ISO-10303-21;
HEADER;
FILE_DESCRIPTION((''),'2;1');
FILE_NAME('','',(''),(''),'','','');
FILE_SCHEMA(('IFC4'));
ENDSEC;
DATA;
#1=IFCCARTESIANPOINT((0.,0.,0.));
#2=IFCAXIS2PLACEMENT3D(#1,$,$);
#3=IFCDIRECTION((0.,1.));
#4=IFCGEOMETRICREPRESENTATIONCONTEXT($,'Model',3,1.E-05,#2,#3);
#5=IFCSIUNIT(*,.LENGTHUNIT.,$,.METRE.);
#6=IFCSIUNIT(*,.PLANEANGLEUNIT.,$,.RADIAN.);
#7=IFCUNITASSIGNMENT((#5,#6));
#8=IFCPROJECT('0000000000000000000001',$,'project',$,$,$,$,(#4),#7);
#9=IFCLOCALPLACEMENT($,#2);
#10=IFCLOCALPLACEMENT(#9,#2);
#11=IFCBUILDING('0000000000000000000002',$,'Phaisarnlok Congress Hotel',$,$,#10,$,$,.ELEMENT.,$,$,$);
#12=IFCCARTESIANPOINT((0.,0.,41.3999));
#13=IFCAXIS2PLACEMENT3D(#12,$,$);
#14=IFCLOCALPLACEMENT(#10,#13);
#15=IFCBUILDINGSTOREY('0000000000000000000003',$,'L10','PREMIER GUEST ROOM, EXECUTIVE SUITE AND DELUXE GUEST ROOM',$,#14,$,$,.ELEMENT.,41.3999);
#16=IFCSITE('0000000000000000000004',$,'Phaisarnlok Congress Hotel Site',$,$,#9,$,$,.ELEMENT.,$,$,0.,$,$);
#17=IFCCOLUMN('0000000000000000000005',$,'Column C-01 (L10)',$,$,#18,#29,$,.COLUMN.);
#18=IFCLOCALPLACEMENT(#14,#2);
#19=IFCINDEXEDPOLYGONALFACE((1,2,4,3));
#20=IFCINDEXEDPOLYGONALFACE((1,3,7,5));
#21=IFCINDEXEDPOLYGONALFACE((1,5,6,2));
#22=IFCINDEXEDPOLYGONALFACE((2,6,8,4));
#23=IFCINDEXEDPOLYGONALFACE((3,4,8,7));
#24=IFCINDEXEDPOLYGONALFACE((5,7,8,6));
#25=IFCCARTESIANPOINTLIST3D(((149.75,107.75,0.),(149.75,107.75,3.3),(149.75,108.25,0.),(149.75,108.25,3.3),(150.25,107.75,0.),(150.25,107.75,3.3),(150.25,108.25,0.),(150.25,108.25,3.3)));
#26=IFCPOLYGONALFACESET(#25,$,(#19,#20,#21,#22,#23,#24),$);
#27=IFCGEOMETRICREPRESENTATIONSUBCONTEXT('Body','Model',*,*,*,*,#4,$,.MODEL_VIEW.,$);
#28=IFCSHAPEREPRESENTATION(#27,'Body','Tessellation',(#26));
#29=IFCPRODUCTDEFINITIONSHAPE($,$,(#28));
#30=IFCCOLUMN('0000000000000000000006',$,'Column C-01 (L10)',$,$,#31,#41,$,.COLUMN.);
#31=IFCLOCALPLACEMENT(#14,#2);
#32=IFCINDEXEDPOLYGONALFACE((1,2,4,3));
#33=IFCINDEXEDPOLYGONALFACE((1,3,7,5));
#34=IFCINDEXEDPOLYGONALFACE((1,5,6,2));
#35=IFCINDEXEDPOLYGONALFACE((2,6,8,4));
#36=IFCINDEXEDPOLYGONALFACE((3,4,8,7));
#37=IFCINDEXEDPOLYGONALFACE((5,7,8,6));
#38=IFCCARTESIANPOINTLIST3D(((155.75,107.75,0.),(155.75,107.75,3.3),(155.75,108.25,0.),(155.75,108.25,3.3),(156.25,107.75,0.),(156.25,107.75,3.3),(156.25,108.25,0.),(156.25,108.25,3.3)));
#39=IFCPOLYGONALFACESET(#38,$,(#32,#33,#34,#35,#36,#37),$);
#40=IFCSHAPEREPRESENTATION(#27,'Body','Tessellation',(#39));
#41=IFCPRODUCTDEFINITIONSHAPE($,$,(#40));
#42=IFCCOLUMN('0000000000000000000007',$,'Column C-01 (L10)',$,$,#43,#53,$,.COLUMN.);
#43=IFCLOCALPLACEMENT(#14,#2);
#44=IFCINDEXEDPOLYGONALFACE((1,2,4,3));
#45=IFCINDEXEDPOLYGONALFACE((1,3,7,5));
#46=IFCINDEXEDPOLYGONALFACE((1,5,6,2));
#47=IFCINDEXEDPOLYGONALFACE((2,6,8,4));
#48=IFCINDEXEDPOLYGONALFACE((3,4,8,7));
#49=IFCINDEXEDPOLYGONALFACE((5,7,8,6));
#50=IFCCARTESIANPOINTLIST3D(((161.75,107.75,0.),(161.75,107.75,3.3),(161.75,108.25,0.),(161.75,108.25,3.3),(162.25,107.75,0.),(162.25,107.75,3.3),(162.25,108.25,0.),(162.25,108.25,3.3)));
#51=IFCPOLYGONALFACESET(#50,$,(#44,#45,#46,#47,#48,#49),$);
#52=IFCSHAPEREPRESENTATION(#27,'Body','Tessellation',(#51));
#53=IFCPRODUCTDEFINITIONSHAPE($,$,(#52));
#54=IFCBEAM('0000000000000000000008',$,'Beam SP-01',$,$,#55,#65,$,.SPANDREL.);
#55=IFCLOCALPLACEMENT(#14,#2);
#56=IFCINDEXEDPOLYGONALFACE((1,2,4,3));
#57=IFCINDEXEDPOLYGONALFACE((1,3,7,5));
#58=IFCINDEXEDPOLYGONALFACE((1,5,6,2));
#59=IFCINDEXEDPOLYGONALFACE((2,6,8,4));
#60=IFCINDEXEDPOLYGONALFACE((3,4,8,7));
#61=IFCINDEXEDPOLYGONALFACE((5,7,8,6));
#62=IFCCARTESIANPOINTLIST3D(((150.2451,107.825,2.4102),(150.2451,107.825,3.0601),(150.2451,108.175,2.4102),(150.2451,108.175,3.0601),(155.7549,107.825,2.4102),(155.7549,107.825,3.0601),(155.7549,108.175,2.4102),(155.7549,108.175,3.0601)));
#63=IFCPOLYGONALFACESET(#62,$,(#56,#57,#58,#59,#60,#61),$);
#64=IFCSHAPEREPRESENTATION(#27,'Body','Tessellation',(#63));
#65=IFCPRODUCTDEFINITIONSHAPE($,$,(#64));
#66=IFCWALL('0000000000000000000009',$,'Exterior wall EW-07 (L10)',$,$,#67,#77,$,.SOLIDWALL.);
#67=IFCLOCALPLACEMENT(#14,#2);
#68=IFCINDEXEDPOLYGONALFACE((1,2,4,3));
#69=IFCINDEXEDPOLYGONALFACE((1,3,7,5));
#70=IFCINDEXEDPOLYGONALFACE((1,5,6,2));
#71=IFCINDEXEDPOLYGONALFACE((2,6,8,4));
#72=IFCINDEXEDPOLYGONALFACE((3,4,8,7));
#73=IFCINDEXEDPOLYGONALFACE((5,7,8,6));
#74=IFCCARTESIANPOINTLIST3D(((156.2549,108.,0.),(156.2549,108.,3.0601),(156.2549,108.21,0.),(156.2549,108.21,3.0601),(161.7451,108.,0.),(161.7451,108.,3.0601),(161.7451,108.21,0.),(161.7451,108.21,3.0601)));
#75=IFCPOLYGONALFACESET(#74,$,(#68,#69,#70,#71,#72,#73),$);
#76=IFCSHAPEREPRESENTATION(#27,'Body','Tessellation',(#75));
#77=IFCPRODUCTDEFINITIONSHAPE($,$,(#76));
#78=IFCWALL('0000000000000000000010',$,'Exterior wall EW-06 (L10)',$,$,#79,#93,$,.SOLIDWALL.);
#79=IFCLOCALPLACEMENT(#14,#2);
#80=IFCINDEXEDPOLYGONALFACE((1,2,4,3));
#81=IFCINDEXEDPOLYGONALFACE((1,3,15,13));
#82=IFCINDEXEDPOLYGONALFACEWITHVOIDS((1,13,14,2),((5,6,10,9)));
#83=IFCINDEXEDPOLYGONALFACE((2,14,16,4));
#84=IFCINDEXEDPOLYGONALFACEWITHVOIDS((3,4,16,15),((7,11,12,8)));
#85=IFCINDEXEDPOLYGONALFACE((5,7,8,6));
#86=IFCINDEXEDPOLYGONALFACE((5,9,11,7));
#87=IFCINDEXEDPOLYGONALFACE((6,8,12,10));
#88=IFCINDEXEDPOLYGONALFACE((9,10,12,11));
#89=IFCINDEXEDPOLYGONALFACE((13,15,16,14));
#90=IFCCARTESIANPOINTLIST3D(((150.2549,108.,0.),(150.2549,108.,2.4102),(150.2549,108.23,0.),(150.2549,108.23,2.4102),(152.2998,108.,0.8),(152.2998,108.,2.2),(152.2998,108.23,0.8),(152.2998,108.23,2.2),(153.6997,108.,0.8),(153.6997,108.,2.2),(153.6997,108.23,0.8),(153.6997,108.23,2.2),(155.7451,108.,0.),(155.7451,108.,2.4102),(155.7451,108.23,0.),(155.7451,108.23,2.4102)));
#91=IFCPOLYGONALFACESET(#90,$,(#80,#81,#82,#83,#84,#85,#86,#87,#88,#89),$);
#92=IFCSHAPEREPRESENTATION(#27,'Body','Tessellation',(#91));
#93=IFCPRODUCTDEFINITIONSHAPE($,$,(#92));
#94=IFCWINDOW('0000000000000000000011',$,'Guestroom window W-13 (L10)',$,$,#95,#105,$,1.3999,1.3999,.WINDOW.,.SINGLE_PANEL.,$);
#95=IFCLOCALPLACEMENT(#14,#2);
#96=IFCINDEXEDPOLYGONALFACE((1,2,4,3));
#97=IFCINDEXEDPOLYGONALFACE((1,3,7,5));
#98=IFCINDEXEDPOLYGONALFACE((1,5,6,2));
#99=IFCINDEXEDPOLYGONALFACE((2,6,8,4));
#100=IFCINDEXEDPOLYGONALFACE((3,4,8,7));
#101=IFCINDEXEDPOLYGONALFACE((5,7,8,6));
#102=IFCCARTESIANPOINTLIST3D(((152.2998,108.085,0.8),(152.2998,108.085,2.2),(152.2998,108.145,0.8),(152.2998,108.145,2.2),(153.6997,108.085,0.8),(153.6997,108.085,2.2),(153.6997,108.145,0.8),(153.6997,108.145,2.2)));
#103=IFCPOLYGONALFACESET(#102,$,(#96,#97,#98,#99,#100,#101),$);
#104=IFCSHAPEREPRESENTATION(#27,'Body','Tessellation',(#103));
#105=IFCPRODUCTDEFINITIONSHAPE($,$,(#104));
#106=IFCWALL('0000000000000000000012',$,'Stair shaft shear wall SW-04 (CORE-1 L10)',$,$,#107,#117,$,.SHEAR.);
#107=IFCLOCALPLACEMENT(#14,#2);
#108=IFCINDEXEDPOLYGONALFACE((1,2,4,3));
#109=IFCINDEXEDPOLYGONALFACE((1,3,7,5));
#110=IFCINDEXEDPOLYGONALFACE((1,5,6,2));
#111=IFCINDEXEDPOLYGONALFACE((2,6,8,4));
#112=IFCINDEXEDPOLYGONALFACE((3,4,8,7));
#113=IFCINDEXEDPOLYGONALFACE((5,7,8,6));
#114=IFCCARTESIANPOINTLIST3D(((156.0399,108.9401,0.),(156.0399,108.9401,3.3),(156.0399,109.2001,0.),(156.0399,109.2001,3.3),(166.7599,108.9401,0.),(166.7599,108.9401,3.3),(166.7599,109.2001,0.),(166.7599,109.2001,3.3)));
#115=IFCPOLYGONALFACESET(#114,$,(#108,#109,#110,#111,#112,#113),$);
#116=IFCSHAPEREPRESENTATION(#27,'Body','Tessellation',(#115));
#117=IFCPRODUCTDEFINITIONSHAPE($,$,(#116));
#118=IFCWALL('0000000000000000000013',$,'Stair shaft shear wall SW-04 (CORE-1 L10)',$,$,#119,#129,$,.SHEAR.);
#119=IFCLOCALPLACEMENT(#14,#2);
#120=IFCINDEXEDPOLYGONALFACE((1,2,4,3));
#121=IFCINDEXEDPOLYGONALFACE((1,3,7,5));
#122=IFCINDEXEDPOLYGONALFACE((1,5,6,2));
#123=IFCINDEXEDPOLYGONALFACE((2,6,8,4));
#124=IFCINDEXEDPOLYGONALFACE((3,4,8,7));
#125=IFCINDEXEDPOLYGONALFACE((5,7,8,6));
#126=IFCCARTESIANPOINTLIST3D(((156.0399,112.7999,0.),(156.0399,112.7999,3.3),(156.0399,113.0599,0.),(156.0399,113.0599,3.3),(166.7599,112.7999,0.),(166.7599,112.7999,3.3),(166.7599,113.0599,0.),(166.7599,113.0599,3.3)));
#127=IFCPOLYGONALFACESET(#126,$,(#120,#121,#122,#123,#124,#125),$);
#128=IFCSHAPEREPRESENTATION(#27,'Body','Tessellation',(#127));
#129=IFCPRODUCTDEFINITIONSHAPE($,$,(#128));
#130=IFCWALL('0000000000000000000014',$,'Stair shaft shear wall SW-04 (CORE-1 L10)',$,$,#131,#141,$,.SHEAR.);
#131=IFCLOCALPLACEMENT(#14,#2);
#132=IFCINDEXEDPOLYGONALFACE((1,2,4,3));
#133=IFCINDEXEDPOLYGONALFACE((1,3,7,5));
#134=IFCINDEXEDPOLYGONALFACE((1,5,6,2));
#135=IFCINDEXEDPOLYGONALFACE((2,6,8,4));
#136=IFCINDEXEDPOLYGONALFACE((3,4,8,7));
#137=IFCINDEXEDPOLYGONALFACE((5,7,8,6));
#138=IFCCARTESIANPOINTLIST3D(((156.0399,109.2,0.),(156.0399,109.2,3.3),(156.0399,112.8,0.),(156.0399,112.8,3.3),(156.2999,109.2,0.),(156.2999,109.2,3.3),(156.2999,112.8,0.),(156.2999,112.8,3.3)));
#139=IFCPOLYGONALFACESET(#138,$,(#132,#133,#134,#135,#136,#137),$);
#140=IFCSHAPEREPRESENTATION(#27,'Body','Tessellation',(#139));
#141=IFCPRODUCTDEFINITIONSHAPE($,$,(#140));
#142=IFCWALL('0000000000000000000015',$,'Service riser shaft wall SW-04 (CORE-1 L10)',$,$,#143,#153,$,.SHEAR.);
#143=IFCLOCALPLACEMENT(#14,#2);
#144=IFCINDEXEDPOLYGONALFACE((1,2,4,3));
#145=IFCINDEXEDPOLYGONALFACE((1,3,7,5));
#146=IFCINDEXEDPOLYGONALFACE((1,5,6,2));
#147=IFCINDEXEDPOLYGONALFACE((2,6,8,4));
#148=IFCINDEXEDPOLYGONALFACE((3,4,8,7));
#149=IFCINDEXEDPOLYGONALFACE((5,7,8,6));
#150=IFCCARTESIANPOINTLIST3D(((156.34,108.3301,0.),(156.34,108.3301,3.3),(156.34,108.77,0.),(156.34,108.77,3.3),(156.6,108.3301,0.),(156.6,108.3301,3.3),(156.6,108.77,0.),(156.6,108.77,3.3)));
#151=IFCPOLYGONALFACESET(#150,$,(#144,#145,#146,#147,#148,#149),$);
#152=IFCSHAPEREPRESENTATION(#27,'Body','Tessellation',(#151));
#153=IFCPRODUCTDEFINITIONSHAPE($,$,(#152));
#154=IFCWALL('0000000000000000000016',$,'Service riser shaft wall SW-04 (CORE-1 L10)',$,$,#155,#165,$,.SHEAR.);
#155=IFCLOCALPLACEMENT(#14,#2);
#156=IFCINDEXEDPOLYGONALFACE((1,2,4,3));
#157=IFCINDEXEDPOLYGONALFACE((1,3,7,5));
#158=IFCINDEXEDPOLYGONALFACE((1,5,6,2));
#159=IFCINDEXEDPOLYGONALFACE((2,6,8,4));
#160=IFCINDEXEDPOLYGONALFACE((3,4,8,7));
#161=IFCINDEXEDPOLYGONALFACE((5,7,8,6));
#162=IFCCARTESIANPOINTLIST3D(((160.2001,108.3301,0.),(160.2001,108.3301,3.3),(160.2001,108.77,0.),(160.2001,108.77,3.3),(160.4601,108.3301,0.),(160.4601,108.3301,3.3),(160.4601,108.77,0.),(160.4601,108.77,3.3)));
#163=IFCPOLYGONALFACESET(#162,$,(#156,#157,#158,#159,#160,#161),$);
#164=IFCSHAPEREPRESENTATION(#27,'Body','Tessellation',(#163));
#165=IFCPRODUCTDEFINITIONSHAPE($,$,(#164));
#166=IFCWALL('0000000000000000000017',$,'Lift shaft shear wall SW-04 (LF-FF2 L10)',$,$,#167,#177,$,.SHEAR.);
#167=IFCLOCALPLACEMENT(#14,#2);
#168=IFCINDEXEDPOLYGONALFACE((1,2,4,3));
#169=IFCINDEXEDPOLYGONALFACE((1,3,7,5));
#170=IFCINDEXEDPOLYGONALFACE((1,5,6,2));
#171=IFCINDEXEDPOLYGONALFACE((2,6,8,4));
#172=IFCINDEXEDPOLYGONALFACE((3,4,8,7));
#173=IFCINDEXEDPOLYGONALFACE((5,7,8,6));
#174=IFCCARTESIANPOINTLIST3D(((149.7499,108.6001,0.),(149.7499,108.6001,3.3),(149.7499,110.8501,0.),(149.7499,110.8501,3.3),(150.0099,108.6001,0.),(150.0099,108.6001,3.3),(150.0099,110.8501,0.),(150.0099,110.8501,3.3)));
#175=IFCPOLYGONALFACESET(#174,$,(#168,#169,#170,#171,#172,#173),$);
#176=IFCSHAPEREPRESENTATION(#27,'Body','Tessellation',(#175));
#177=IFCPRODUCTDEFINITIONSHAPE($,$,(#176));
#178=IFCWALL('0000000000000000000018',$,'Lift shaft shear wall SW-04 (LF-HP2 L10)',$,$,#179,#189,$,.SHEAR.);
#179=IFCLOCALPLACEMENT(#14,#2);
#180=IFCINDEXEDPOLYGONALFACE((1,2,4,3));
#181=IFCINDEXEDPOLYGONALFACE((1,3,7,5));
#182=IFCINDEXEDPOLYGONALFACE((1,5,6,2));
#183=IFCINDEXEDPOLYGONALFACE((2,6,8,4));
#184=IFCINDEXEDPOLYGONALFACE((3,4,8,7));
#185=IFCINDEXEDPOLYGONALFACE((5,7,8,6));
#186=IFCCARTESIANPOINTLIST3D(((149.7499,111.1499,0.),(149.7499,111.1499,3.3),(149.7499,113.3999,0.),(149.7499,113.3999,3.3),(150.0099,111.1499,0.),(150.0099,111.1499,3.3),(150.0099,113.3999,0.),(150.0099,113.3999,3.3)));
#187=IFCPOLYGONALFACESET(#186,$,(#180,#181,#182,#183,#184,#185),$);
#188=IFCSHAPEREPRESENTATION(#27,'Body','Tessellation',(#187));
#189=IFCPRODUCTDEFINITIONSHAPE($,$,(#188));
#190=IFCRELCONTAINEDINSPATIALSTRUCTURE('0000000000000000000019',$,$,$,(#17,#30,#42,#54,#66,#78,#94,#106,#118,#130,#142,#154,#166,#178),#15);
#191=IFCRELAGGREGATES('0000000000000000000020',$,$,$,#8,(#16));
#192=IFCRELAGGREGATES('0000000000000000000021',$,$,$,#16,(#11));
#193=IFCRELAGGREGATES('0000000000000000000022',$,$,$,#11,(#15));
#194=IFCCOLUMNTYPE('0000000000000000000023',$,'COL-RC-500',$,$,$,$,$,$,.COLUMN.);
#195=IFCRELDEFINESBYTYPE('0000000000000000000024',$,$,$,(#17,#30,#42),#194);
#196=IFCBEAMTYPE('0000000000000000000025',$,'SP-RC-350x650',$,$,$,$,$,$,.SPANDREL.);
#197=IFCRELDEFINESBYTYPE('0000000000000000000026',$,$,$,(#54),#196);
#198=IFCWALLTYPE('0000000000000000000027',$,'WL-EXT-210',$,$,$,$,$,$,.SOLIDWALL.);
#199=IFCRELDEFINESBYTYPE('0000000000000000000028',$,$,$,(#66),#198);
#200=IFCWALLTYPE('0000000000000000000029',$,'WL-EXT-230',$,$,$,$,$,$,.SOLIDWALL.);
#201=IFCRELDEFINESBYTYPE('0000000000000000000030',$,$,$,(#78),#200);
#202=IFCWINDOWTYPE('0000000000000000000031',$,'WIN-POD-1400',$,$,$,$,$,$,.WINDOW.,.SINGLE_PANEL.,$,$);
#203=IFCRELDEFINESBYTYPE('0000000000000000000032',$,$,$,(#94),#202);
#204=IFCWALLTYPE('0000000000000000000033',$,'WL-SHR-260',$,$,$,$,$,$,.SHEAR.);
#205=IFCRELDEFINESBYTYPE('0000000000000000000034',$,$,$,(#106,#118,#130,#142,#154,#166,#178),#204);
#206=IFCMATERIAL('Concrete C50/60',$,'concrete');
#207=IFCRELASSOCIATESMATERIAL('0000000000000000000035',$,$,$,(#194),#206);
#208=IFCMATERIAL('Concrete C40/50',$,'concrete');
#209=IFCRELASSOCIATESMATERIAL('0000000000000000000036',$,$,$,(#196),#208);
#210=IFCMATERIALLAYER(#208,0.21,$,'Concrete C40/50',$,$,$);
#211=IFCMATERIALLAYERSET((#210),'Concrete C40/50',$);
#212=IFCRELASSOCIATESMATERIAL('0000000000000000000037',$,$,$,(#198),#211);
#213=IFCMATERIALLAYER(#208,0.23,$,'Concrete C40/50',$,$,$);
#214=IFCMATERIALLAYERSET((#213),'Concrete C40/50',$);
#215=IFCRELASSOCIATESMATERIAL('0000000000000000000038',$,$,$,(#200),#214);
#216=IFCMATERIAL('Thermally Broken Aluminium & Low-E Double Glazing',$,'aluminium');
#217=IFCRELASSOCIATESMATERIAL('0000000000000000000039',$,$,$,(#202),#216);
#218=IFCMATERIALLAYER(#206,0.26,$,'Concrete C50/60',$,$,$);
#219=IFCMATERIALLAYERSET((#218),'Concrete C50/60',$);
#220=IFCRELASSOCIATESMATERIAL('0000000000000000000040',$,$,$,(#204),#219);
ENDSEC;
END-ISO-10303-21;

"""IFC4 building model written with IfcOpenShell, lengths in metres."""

from ifc_helpers import new_model, si_unit, direction, frame, frame_2d, origin, origin_2d, place, context, subcontext, project, spatial, rectangle, extrude, material, layer, layer_set, material_profile, profile_set, type_object, element, fill, save


model = new_model("IFC4")

# Units and contexts
model_context = context("Model", 3, precision=1e-05, world=origin(), true_north=direction((0.0, 1.0)))
body_context = subcontext(model_context, "Body", "Model", "MODEL_VIEW")
ifc_project = project(units=[si_unit("LENGTHUNIT", "METRE"), si_unit("PLANEANGLEUNIT", "RADIAN")], contexts=[model_context])

# Site, building, storey
site_placement = place(None, origin())
site = spatial("IfcSite", under=ifc_project, at=site_placement, Name="Phaisarnlok Congress Hotel Site", CompositionType="ELEMENT", RefElevation=0.0)
building_placement = place(site_placement, origin())
building = spatial("IfcBuilding", under=site, at=building_placement, Name="Phaisarnlok Congress Hotel", CompositionType="ELEMENT")
storey_placement = place(building_placement, frame((0.0, 0.0, 41.3999)))
storey = spatial("IfcBuildingStorey", under=building, at=storey_placement, Name="L10", Description="PREMIER GUEST ROOM, EXECUTIVE SUITE AND DELUXE GUEST ROOM", CompositionType="ELEMENT", Elevation=41.3999)

# Columns
ifc_material_1 = material(Name="Concrete C50/60", Category="concrete")
ifc_material_profile_1 = material_profile(ifc_material_1, rectangle(XDim=0.5, YDim=0.5, at=origin_2d()), Name="RC 500x500")
ifc_profile_set_1 = profile_set([ifc_material_profile_1], Name="Concrete C50/60")
column_type = type_object("IfcColumnType", Name="COL-RC-500", PredefinedType="COLUMN", material=ifc_profile_set_1)
for number, where, z_axis, x_axis, name in (
    (1, (150.0, 108.0, 0.0), (0.0, 0.0, 1.0), (1.0, 0.0, 0.0), "Column C-01 (L10)"),
    (2, (156.0, 108.0, 0.0), (0.0, 0.0, 1.0), (1.0, 0.0, 0.0), "Column C-01 (L10)"),
    (3, (162.0, 108.0, 0.0), (0.0, 0.0, 1.0), (1.0, 0.0, 0.0), "Column C-01 (L10)"),
):
    element("IfcColumn", number, at=place(storey_placement, frame(where, z_axis=z_axis, x_axis=x_axis)), inside=storey, type_object=column_type, Name=name, PredefinedType="COLUMN", context=body_context, shape_type="SweptSolid", body=[
        extrude(rectangle(XDim=0.5, YDim=0.5, at=origin_2d()), origin(), (0.0, 0.0, 1.0), 3.3),
    ])

# Beam
ifc_material_2 = material(Name="Concrete C40/50", Category="concrete")
ifc_material_profile_2 = material_profile(ifc_material_2, rectangle(XDim=0.3501, YDim=0.6499, at=origin_2d()), Name="RC 350x650")
ifc_profile_set_2 = profile_set([ifc_material_profile_2], Name="Concrete C40/50")
beam_type = type_object("IfcBeamType", Name="SP-RC-350x650", PredefinedType="SPANDREL", material=ifc_profile_set_2)
beam_placement = place(storey_placement, frame((150.2451, 108.0, 2.7351), z_axis=(1.0, 0.0, 0.0), x_axis=(0.0, 1.0, 0.0)))
element("IfcBeam", 4, at=beam_placement, inside=storey, type_object=beam_type, Name="Beam SP-01", PredefinedType="SPANDREL", context=body_context, shape_type="SweptSolid", body=[
    extrude(rectangle(XDim=0.3501, YDim=0.6499, at=origin_2d()), origin(), (0.0, 0.0, 1.0), 5.5098),
])

# Wall
ifc_layer_1 = layer(ifc_material_2, 0.21, Name="Concrete C40/50")
ifc_layer_set_1 = layer_set([ifc_layer_1], Name="Concrete C40/50")
wall_type_1 = type_object("IfcWallType", Name="WL-EXT-210", PredefinedType="SOLIDWALL", material=ifc_layer_set_1)
wall_1_placement = place(storey_placement, frame((156.2549, 108.105, 0.0), z_axis=(0.0, 0.0, 1.0), x_axis=(1.0, 0.0, 0.0)))
element("IfcWall", 5, at=wall_1_placement, inside=storey, type_object=wall_type_1, Name="Exterior wall EW-07 (L10)", PredefinedType="SOLIDWALL", context=body_context, shape_type="SweptSolid", body=[
    extrude(rectangle(XDim=5.4902, YDim=0.21, at=frame_2d((2.7451, 0.0))), origin(), (0.0, 0.0, 1.0), 3.0601),
])

# Wall, opening, window
ifc_layer_2 = layer(ifc_material_2, 0.23, Name="Concrete C40/50")
ifc_layer_set_2 = layer_set([ifc_layer_2], Name="Concrete C40/50")
wall_type_2 = type_object("IfcWallType", Name="WL-EXT-230", PredefinedType="SOLIDWALL", material=ifc_layer_set_2)
wall_2_placement = place(storey_placement, frame((150.2549, 108.115, 0.0), z_axis=(0.0, 0.0, 1.0), x_axis=(1.0, 0.0, 0.0)))
wall_2 = element("IfcWall", 6, at=wall_2_placement, inside=storey, type_object=wall_type_2, Name="Exterior wall EW-06 (L10)", PredefinedType="SOLIDWALL", context=body_context, shape_type="SweptSolid", body=[
    extrude(rectangle(XDim=5.4902, YDim=0.23, at=frame_2d((2.7451, 0.0))), origin(), (0.0, 0.0, 1.0), 2.4102),
])
opening_1_placement = place(wall_2_placement, frame((2.0449, 0.0, 0.8)))
opening_1 = element("IfcOpeningElement", 7, at=opening_1_placement, cuts=wall_2, PredefinedType="OPENING", context=body_context, shape_type="SweptSolid", body=[
    extrude(rectangle(XDim=1.3999, YDim=1.3999, at=frame_2d((0.7, 0.7))), frame((0.0, 0.125, 0.0), z_axis=(0.0, -1.0, 0.0), x_axis=(1.0, 0.0, 0.0)), (0.0, 0.0, 1.0), 0.25),
])
ifc_material_3 = material(Name="Thermally Broken Aluminium & Low-E Double Glazing", Category="aluminium")
window_type = type_object("IfcWindowType", Name="WIN-POD-1400", PartitioningType="SINGLE_PANEL", PredefinedType="WINDOW", material=ifc_material_3)
window_placement = place(opening_1_placement, origin())
window = element("IfcWindow", 8, at=window_placement, inside=storey, type_object=window_type, Name="Guestroom window W-13 (L10)", OverallHeight=1.3999, OverallWidth=1.3999, PartitioningType="SINGLE_PANEL", PredefinedType="WINDOW", context=body_context, shape_type="SweptSolid", body=[
    extrude(rectangle(XDim=1.3999, YDim=1.3999, at=frame_2d((0.7, 0.7))), frame((0.0, 0.03, 0.0), z_axis=(0.0, -1.0, 0.0), x_axis=(1.0, 0.0, 0.0)), (0.0, 0.0, 1.0), 0.0601),
])
fill(opening_1, window)

# Walls
ifc_layer_3 = layer(ifc_material_1, 0.26, Name="Concrete C50/60")
ifc_layer_set_3 = layer_set([ifc_layer_3], Name="Concrete C50/60")
wall_type_3 = type_object("IfcWallType", Name="WL-SHR-260", PredefinedType="SHEAR", material=ifc_layer_set_3)
for number, where, z_axis, x_axis, name in (
    (9, (156.04, 109.0701, 0.0), (0.0, 0.0, 1.0), (1.0, 0.0, 0.0), "Stair shaft shear wall SW-04 (CORE-1 L10)"),
    (10, (156.04, 112.9299, 0.0), (0.0, 0.0, 1.0), (1.0, 0.0, 0.0), "Stair shaft shear wall SW-04 (CORE-1 L10)"),
):
    element("IfcWall", number, at=place(storey_placement, frame(where, z_axis=z_axis, x_axis=x_axis)), inside=storey, type_object=wall_type_3, Name=name, PredefinedType="SHEAR", context=body_context, shape_type="SweptSolid", body=[
        extrude(rectangle(XDim=10.72, YDim=0.26, at=frame_2d((5.3599, 0.0))), origin(), (0.0, 0.0, 1.0), 3.3),
    ])
wall_3_placement = place(storey_placement, frame((156.1699, 109.2, 0.0), z_axis=(0.0, 0.0, 1.0), x_axis=(0.0, 1.0, 0.0)))
element("IfcWall", 11, at=wall_3_placement, inside=storey, type_object=wall_type_3, Name="Stair shaft shear wall SW-04 (CORE-1 L10)", PredefinedType="SHEAR", context=body_context, shape_type="SweptSolid", body=[
    extrude(rectangle(XDim=3.6001, YDim=0.26, at=frame_2d((1.8, 0.0))), origin(), (0.0, 0.0, 1.0), 3.3),
])
for number, where, z_axis, x_axis, name in (
    (12, (156.47, 108.3301, 0.0), (0.0, 0.0, 1.0), (0.0, 1.0, 0.0), "Service riser shaft wall SW-04 (CORE-1 L10)"),
    (13, (160.3301, 108.3301, 0.0), (0.0, 0.0, 1.0), (0.0, 1.0, 0.0), "Service riser shaft wall SW-04 (CORE-1 L10)"),
):
    element("IfcWall", number, at=place(storey_placement, frame(where, z_axis=z_axis, x_axis=x_axis)), inside=storey, type_object=wall_type_3, Name=name, PredefinedType="SHEAR", context=body_context, shape_type="SweptSolid", body=[
        extrude(rectangle(XDim=0.4399, YDim=0.26, at=frame_2d((0.22, 0.0))), origin(), (0.0, 0.0, 1.0), 3.3),
    ])
for number, where, z_axis, x_axis, name in (
    (14, (149.8799, 108.6001, 0.0), (0.0, 0.0, 1.0), (0.0, 1.0, 0.0), "Lift shaft shear wall SW-04 (LF-FF2 L10)"),
    (15, (149.8799, 111.1499, 0.0), (0.0, 0.0, 1.0), (0.0, 1.0, 0.0), "Lift shaft shear wall SW-04 (LF-HP2 L10)"),
):
    element("IfcWall", number, at=place(storey_placement, frame(where, z_axis=z_axis, x_axis=x_axis)), inside=storey, type_object=wall_type_3, Name=name, PredefinedType="SHEAR", context=body_context, shape_type="SweptSolid", body=[
        extrude(rectangle(XDim=2.25, YDim=0.26, at=frame_2d((1.125, 0.0))), origin(), (0.0, 0.0, 1.0), 3.3),
    ])

save(model, "model.ifc")
